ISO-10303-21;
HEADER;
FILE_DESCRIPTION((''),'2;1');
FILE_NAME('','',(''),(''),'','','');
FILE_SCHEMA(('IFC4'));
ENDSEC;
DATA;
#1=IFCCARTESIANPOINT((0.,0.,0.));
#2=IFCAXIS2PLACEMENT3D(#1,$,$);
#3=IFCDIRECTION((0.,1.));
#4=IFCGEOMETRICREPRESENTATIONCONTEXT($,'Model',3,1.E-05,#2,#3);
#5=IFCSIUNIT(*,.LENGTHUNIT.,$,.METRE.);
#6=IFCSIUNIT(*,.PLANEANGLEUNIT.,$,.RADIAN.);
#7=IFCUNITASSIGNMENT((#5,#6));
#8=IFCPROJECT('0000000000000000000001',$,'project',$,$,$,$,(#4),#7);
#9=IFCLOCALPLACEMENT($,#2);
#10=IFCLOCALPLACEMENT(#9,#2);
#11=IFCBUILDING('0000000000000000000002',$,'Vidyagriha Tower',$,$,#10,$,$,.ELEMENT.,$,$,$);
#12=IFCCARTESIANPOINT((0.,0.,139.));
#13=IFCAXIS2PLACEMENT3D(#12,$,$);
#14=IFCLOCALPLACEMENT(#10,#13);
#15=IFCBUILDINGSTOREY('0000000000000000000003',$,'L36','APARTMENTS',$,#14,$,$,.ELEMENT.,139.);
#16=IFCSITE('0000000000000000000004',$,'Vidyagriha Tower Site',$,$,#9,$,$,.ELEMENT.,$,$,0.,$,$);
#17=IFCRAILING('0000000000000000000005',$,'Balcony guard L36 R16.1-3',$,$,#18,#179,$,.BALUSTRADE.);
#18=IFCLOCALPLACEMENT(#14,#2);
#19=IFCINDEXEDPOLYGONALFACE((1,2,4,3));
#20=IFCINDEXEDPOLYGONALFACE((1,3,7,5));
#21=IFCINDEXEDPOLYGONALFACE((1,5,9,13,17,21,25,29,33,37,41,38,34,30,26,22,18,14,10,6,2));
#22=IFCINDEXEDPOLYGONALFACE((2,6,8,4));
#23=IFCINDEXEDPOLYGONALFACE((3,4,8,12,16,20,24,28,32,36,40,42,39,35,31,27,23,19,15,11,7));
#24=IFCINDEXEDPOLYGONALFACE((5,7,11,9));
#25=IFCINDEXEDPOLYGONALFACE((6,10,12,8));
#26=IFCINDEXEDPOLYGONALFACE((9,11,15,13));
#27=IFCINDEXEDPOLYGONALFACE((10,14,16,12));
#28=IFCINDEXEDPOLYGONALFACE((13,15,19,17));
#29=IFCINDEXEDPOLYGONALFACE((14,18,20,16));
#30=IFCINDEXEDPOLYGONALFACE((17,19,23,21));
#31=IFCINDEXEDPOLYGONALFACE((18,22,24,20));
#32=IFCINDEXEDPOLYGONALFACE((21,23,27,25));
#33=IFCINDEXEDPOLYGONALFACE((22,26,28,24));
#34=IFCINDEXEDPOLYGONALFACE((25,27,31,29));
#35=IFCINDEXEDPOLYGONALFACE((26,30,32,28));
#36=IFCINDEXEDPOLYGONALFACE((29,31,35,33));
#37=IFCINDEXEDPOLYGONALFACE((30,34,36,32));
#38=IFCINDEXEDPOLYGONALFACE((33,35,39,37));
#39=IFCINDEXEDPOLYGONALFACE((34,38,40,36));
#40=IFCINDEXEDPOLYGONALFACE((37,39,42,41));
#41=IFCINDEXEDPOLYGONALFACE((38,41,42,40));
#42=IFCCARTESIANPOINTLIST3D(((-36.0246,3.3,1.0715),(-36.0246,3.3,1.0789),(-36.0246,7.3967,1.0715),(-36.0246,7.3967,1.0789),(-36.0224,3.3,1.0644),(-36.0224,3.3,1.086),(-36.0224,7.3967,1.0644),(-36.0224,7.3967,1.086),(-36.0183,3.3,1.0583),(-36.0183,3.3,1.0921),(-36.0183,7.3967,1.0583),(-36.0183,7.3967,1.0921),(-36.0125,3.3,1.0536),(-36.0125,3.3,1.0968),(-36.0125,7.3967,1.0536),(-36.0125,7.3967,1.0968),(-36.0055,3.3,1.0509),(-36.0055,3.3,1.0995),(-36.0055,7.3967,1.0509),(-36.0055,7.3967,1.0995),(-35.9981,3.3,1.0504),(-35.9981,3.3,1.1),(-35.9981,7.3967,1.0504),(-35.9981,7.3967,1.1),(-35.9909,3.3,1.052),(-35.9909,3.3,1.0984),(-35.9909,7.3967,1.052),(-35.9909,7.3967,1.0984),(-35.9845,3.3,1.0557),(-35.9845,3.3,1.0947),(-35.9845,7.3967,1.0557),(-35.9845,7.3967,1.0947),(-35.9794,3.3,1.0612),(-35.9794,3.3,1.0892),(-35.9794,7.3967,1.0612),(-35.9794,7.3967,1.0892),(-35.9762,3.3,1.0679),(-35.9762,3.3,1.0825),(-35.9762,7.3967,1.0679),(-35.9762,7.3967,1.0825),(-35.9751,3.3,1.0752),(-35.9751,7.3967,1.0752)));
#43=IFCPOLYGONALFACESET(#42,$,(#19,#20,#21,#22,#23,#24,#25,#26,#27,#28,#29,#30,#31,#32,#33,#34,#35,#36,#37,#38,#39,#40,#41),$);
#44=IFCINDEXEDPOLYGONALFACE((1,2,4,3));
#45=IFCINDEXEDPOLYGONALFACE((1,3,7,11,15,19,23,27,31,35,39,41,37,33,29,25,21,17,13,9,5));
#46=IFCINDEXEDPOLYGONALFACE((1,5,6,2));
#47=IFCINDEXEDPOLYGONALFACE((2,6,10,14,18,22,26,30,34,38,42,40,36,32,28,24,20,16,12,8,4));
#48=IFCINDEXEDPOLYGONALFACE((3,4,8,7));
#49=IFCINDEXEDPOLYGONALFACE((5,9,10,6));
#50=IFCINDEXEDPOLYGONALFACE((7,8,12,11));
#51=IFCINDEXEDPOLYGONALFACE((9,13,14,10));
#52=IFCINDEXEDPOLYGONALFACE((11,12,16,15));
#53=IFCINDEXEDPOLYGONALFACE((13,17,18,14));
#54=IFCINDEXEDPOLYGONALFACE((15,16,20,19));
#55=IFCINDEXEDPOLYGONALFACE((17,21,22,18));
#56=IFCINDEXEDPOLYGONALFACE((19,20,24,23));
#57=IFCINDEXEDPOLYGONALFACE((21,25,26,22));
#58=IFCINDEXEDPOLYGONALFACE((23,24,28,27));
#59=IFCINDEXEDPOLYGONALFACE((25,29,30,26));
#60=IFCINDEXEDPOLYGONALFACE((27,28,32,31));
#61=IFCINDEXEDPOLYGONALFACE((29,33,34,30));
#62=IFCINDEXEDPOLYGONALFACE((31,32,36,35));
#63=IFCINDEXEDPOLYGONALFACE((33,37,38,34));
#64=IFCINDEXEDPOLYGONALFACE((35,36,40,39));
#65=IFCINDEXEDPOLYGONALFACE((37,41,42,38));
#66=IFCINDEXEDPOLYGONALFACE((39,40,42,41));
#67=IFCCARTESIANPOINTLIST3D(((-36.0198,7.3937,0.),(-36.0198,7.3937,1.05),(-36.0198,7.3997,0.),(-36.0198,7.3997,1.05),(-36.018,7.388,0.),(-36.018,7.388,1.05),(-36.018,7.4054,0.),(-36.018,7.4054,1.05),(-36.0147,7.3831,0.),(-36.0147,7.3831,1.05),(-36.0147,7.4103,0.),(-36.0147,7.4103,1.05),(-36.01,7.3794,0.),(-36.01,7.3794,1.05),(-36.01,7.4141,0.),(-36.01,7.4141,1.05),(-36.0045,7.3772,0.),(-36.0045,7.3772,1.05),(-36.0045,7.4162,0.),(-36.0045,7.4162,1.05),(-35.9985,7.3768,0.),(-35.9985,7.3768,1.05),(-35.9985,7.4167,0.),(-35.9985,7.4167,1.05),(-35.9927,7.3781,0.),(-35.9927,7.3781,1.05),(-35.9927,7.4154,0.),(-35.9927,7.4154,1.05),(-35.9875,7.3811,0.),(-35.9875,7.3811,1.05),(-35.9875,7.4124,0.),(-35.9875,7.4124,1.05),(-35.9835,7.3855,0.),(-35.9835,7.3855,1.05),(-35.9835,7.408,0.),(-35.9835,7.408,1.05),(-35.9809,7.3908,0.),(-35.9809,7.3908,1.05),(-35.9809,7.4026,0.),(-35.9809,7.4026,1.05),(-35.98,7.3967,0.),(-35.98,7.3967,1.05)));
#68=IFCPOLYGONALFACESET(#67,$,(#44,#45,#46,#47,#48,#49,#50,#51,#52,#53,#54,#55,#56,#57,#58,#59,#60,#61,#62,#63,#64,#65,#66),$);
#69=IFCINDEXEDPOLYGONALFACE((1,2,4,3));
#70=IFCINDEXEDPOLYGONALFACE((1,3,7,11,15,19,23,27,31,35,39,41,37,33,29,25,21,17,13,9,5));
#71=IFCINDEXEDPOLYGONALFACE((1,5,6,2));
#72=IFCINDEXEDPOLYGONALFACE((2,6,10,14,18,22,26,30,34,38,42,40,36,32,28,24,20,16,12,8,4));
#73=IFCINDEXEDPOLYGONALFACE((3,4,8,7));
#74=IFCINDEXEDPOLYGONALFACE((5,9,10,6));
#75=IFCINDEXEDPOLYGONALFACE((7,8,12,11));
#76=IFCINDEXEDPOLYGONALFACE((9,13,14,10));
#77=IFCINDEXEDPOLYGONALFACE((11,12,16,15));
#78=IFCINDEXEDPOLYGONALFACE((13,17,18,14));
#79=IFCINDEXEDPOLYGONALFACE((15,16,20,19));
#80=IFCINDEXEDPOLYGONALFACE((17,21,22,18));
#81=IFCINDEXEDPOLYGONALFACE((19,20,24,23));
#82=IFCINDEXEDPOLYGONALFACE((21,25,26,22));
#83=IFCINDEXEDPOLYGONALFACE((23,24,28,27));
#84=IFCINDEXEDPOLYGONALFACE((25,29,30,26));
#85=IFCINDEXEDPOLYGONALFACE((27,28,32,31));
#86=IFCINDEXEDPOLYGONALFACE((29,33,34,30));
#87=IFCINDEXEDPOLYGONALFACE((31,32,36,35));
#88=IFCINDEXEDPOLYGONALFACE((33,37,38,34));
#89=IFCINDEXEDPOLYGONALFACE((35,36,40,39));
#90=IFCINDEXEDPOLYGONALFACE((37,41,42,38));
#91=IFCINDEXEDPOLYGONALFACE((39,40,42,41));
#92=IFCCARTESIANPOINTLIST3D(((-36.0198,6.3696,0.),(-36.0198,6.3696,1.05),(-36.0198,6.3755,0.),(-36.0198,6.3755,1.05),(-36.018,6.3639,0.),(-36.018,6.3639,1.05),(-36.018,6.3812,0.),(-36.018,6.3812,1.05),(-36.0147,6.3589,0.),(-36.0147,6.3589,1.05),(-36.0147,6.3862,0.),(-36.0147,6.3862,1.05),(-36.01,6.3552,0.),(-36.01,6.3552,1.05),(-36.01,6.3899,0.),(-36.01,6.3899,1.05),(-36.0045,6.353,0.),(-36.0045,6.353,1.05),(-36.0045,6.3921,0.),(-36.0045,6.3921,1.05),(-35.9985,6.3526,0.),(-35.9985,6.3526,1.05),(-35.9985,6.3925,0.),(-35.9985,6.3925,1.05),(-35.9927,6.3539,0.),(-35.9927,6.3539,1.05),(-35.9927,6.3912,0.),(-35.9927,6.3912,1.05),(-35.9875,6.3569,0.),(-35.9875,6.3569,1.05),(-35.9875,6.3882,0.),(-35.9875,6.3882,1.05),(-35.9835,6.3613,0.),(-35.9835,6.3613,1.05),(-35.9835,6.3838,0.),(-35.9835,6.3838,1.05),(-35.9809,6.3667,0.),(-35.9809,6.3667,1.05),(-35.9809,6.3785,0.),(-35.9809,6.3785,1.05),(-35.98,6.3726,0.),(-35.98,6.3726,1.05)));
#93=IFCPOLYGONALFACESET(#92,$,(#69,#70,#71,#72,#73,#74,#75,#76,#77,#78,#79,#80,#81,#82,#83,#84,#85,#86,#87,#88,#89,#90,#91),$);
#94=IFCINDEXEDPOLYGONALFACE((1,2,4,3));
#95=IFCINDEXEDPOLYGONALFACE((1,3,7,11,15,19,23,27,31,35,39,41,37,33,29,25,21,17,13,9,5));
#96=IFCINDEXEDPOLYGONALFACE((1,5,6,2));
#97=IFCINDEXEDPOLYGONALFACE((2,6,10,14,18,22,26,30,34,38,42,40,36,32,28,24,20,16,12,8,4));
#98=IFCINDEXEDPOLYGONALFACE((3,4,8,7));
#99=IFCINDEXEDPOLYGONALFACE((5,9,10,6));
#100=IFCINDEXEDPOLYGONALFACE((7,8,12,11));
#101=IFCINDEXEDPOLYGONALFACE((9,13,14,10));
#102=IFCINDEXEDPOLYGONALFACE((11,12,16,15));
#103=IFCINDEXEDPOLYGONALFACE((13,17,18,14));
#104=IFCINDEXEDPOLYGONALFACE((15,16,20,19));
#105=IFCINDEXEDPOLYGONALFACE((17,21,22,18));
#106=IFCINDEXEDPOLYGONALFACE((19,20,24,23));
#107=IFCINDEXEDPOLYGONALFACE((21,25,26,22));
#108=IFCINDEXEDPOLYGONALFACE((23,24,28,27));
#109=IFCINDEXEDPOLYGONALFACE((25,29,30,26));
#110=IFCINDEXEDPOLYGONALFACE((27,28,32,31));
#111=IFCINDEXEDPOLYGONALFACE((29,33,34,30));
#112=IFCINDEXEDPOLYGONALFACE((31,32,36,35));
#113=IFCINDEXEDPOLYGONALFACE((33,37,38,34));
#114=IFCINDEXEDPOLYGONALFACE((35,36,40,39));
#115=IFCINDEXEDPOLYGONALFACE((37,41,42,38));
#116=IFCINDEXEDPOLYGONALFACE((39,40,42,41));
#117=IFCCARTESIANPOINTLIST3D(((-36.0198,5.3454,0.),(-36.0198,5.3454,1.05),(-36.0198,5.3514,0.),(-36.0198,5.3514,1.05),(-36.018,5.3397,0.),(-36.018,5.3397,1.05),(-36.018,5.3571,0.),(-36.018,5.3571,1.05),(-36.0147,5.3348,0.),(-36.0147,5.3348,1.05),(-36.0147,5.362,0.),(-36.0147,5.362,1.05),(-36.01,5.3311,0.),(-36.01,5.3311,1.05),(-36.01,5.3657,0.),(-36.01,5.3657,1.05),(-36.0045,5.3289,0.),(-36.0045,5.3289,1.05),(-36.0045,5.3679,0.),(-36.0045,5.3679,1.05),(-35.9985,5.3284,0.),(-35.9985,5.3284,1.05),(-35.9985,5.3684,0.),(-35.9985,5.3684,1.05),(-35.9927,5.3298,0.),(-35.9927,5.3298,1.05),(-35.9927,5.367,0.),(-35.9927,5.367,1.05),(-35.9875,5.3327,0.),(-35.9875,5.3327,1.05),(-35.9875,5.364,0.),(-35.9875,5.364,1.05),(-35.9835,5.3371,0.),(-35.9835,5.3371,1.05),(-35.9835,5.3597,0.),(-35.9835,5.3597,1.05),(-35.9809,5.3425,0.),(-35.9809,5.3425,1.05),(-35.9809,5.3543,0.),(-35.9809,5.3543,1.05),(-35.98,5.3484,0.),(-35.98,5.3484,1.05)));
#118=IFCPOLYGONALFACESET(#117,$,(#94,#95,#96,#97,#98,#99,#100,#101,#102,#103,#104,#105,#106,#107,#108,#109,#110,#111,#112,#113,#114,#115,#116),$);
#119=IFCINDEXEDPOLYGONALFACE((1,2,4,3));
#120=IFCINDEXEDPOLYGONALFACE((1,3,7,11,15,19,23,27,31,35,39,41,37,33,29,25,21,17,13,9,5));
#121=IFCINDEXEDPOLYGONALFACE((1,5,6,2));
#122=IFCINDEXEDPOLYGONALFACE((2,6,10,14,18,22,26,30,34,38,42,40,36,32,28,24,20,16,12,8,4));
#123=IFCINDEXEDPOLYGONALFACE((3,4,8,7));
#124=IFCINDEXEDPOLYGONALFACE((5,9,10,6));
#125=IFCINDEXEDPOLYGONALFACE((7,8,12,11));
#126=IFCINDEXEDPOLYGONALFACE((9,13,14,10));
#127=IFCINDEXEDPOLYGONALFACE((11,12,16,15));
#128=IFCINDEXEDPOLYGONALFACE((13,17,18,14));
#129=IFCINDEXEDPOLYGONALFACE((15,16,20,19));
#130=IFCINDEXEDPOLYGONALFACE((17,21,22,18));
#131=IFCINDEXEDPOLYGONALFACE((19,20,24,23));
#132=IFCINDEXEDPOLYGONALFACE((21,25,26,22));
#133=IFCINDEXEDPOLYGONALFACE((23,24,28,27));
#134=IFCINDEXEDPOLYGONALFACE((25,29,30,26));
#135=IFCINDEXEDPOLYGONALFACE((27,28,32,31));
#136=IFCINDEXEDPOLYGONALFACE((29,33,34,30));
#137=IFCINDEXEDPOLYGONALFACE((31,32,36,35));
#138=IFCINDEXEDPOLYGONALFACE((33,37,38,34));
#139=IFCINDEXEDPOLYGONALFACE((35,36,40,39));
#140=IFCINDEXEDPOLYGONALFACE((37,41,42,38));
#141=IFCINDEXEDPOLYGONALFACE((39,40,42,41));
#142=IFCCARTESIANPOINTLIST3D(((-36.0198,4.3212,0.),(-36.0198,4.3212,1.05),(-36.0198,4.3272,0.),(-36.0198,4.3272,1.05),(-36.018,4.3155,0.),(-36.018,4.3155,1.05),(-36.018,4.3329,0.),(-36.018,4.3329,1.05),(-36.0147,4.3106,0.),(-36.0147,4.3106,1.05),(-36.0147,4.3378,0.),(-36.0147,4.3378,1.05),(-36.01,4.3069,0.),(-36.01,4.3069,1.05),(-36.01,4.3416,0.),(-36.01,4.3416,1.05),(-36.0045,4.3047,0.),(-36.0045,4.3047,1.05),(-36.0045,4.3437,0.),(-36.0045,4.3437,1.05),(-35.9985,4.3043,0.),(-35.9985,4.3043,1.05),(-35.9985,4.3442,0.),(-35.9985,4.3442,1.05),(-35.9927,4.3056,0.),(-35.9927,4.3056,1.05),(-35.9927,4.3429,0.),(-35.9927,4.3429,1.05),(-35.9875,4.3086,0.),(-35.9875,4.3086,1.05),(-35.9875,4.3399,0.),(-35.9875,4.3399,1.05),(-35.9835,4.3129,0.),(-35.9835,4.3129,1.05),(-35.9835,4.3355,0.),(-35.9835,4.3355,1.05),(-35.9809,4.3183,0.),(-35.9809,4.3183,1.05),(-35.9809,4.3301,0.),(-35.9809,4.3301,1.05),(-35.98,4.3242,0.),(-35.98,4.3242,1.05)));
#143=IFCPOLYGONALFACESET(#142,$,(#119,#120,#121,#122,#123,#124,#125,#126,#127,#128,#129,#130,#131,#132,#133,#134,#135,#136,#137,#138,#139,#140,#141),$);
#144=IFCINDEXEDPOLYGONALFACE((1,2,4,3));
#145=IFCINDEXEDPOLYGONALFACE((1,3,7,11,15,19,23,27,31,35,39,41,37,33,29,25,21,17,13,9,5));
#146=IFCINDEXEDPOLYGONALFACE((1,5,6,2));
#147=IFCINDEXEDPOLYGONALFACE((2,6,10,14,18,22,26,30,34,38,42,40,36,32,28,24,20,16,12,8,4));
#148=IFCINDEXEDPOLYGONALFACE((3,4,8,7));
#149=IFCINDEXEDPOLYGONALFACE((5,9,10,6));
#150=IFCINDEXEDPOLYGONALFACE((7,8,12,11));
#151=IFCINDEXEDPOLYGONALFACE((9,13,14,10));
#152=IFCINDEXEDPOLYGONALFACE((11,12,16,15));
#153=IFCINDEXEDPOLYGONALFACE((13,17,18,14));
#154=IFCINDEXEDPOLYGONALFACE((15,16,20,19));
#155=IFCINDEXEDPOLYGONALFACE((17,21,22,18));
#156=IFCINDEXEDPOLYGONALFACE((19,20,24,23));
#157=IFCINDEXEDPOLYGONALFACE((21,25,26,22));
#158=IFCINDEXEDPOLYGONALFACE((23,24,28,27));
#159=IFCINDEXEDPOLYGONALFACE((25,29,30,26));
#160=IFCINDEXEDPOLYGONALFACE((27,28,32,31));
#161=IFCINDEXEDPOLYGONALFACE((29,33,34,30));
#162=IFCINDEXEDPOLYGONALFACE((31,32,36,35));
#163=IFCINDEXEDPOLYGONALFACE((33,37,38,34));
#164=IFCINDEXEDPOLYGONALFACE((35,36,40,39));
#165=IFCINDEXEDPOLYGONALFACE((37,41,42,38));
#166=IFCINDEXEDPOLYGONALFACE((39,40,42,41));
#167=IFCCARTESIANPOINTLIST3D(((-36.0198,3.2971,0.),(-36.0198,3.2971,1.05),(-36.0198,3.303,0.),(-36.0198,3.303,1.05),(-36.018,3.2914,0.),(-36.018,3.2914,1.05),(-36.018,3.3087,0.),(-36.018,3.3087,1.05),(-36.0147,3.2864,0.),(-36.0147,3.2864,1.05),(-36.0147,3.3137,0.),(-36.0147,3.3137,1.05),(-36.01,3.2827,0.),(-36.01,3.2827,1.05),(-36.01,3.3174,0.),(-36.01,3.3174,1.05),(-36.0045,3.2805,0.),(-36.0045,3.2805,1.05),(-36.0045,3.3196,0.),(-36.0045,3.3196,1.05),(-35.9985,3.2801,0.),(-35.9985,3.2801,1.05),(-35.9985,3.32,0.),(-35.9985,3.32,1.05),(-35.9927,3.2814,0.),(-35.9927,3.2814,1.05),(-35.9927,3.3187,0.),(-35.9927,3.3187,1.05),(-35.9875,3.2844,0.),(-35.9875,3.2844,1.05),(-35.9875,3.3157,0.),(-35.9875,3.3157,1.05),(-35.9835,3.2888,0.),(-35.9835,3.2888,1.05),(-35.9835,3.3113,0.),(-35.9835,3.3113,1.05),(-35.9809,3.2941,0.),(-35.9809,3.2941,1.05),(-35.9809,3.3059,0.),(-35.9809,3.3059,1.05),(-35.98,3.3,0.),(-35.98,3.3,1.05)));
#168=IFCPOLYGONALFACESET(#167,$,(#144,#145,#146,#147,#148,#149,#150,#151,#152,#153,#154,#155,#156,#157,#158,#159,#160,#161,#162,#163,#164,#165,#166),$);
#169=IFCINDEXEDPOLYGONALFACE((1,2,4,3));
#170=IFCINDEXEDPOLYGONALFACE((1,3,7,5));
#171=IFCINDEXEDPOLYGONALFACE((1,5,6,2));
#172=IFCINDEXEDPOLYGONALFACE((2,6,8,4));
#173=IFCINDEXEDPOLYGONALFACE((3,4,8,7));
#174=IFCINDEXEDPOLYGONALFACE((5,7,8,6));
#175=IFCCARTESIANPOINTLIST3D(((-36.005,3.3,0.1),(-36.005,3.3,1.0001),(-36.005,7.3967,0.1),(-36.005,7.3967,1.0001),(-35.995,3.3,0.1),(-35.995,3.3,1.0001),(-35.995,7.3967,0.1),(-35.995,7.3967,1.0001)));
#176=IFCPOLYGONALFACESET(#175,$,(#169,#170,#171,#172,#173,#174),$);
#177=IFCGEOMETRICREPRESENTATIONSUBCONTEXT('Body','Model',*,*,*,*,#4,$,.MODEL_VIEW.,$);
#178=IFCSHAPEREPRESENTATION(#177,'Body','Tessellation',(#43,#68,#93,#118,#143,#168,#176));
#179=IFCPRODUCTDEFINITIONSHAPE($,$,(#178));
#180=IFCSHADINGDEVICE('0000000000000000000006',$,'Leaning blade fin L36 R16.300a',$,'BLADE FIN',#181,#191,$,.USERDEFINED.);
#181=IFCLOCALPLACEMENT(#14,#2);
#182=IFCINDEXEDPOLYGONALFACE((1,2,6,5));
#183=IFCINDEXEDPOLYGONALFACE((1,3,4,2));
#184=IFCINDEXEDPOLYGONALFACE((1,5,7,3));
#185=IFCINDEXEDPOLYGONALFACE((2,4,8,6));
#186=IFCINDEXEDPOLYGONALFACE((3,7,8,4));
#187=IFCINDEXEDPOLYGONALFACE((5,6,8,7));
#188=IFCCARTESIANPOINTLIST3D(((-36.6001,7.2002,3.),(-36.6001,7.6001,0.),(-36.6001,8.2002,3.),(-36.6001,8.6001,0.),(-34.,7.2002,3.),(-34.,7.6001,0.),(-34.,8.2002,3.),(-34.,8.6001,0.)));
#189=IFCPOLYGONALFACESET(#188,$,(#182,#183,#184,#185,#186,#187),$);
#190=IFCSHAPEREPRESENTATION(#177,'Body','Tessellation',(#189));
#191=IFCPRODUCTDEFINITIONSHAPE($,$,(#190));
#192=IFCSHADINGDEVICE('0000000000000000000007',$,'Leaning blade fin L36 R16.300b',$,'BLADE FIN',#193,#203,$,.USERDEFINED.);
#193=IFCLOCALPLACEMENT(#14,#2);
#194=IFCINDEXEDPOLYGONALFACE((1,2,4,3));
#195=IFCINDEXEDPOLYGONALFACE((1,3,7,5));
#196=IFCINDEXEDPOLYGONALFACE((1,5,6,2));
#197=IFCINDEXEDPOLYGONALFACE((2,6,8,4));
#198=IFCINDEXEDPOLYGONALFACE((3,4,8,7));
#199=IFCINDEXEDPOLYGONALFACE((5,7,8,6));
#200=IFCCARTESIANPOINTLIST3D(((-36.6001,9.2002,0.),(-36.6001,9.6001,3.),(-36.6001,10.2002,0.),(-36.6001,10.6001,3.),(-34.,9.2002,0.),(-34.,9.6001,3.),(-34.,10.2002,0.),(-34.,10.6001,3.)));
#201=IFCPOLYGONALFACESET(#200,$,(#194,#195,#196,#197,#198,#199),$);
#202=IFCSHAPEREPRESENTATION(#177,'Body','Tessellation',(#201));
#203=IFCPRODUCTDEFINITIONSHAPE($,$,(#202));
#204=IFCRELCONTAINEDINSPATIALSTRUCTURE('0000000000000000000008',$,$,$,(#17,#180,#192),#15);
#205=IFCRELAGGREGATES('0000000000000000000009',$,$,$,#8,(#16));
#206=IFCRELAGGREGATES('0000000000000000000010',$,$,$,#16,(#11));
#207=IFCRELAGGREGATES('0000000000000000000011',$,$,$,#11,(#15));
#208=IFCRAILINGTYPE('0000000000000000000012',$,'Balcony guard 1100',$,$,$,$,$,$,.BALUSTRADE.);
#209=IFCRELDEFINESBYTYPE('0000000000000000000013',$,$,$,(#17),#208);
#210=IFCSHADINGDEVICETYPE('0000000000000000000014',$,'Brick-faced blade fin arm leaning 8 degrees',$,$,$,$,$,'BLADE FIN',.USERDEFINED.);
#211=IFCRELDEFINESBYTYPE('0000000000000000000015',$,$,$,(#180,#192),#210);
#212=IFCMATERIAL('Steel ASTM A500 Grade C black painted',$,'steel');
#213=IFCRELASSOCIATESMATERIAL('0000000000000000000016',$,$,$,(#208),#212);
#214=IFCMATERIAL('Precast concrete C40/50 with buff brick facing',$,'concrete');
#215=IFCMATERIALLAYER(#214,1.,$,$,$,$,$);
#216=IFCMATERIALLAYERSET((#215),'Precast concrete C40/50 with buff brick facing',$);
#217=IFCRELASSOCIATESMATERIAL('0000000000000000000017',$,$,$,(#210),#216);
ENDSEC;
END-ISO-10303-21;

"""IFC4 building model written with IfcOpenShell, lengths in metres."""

from ifc_helpers import new_model, si_unit, direction, frame, origin, origin_2d, place, context, subcontext, project, spatial, polyline, rectangle, circle, outline, extrude, material, layer, layer_set, type_object, element, save


model = new_model("IFC4")

# Units and contexts
model_context = context("Model", 3, precision=1e-05, world=origin(), true_north=direction((0.0, 1.0)))
body_context = subcontext(model_context, "Body", "Model", "MODEL_VIEW")
ifc_project = project(units=[si_unit("LENGTHUNIT", "METRE"), si_unit("PLANEANGLEUNIT", "RADIAN")], contexts=[model_context])

# Site, building, storey
site_placement = place(None, origin())
site = spatial("IfcSite", under=ifc_project, at=site_placement, Name="Vidyagriha Tower Site", CompositionType="ELEMENT", RefElevation=0.0)
building_placement = place(site_placement, origin())
building = spatial("IfcBuilding", under=site, at=building_placement, Name="Vidyagriha Tower", CompositionType="ELEMENT")
storey_placement = place(building_placement, frame((0.0, 0.0, 139.0)))
storey = spatial("IfcBuildingStorey", under=building, at=storey_placement, Name="L36", Description="APARTMENTS", CompositionType="ELEMENT", Elevation=139.0)

# Railing
ifc_material_1 = material(Name="Steel ASTM A500 Grade C black painted", Category="steel")
railing_type = type_object("IfcRailingType", Name="Balcony guard 1100", PredefinedType="BALUSTRADE", material=ifc_material_1)
railing_1_placement = place(storey_placement, frame((-36.0, 7.3967, 0.0)))
element("IfcRailing", 1, at=railing_1_placement, inside=storey, type_object=railing_type, Name="Balcony guard L36 R16.1-3", PredefinedType="BALUSTRADE", context=body_context, shape_type="SweptSolid", body=[
    extrude(circle(Radius=0.0249, at=origin_2d()), frame((0.0, 0.0, 1.0752), z_axis=(0.0, -1.0, 0.0), x_axis=(1.0, 0.0, 0.0)), (0.0, 0.0, 1.0), 4.0967),
    extrude(circle(Radius=0.02, at=origin_2d()), origin(), (0.0, 0.0, 1.0), 1.05),
    extrude(circle(Radius=0.02, at=origin_2d()), frame((0.0, -1.0242, 0.0)), (0.0, 0.0, 1.0), 1.05),
    extrude(circle(Radius=0.02, at=origin_2d()), frame((0.0, -2.0483, 0.0)), (0.0, 0.0, 1.0), 1.05),
    extrude(circle(Radius=0.02, at=origin_2d()), frame((0.0, -3.0725, 0.0)), (0.0, 0.0, 1.0), 1.05),
    extrude(circle(Radius=0.02, at=origin_2d()), frame((0.0, -4.0967, 0.0)), (0.0, 0.0, 1.0), 1.05),
    extrude(rectangle(XDim=0.01, YDim=0.9001, at=origin_2d()), frame((0.0, 0.0, 0.55), z_axis=(0.0, -1.0, 0.0), x_axis=(1.0, 0.0, 0.0)), (0.0, 0.0, 1.0), 4.0967),
])

# Shading devices
ifc_material_2 = material(Name="Precast concrete C40/50 with buff brick facing", Category="concrete")
ifc_layer_1 = layer(ifc_material_2, 1.0)
ifc_layer_set_1 = layer_set([ifc_layer_1], Name="Precast concrete C40/50 with buff brick facing")
shading_device_type_1 = type_object("IfcShadingDeviceType", Name="Brick-faced blade fin arm leaning 8 degrees", ElementType="BLADE FIN", PredefinedType="USERDEFINED", material=ifc_layer_set_1)
shading_device_1_placement = place(storey_placement, frame((-35.3, 8.6001, 0.0), z_axis=(0.0, 0.0, 1.0), x_axis=(0.0, -1.0, 0.0)))
element("IfcShadingDevice", 2, at=shading_device_1_placement, inside=storey, type_object=shading_device_type_1, Name="Leaning blade fin L36 R16.300a", ObjectType="BLADE FIN", PredefinedType="USERDEFINED", context=body_context, shape_type="SweptSolid", body=[
    extrude(outline(polyline([(0.0, 0.0), (1.0, 0.0), (1.3999, 3.0), (0.3999, 3.0), (0.0, 0.0)])), frame((0.0, 1.3, 0.0), z_axis=(0.0, -1.0, 0.0), x_axis=(1.0, 0.0, 0.0)), (0.0, 0.0, 1.0), 2.6001),
])
shading_device_2_placement = place(storey_placement, frame((-35.3, 10.6001, 0.0), z_axis=(0.0, 0.0, 1.0), x_axis=(0.0, -1.0, 0.0)))
element("IfcShadingDevice", 3, at=shading_device_2_placement, inside=storey, type_object=shading_device_type_1, Name="Leaning blade fin L36 R16.300b", ObjectType="BLADE FIN", PredefinedType="USERDEFINED", context=body_context, shape_type="SweptSolid", body=[
    extrude(outline(polyline([(0.3999, 0.0), (1.3999, 0.0), (1.0, 3.0), (0.0, 3.0), (0.3999, 0.0)])), frame((0.0, 1.3, 0.0), z_axis=(0.0, -1.0, 0.0), x_axis=(1.0, 0.0, 0.0)), (0.0, 0.0, 1.0), 2.6001),
])

save(model, "model.ifc")
